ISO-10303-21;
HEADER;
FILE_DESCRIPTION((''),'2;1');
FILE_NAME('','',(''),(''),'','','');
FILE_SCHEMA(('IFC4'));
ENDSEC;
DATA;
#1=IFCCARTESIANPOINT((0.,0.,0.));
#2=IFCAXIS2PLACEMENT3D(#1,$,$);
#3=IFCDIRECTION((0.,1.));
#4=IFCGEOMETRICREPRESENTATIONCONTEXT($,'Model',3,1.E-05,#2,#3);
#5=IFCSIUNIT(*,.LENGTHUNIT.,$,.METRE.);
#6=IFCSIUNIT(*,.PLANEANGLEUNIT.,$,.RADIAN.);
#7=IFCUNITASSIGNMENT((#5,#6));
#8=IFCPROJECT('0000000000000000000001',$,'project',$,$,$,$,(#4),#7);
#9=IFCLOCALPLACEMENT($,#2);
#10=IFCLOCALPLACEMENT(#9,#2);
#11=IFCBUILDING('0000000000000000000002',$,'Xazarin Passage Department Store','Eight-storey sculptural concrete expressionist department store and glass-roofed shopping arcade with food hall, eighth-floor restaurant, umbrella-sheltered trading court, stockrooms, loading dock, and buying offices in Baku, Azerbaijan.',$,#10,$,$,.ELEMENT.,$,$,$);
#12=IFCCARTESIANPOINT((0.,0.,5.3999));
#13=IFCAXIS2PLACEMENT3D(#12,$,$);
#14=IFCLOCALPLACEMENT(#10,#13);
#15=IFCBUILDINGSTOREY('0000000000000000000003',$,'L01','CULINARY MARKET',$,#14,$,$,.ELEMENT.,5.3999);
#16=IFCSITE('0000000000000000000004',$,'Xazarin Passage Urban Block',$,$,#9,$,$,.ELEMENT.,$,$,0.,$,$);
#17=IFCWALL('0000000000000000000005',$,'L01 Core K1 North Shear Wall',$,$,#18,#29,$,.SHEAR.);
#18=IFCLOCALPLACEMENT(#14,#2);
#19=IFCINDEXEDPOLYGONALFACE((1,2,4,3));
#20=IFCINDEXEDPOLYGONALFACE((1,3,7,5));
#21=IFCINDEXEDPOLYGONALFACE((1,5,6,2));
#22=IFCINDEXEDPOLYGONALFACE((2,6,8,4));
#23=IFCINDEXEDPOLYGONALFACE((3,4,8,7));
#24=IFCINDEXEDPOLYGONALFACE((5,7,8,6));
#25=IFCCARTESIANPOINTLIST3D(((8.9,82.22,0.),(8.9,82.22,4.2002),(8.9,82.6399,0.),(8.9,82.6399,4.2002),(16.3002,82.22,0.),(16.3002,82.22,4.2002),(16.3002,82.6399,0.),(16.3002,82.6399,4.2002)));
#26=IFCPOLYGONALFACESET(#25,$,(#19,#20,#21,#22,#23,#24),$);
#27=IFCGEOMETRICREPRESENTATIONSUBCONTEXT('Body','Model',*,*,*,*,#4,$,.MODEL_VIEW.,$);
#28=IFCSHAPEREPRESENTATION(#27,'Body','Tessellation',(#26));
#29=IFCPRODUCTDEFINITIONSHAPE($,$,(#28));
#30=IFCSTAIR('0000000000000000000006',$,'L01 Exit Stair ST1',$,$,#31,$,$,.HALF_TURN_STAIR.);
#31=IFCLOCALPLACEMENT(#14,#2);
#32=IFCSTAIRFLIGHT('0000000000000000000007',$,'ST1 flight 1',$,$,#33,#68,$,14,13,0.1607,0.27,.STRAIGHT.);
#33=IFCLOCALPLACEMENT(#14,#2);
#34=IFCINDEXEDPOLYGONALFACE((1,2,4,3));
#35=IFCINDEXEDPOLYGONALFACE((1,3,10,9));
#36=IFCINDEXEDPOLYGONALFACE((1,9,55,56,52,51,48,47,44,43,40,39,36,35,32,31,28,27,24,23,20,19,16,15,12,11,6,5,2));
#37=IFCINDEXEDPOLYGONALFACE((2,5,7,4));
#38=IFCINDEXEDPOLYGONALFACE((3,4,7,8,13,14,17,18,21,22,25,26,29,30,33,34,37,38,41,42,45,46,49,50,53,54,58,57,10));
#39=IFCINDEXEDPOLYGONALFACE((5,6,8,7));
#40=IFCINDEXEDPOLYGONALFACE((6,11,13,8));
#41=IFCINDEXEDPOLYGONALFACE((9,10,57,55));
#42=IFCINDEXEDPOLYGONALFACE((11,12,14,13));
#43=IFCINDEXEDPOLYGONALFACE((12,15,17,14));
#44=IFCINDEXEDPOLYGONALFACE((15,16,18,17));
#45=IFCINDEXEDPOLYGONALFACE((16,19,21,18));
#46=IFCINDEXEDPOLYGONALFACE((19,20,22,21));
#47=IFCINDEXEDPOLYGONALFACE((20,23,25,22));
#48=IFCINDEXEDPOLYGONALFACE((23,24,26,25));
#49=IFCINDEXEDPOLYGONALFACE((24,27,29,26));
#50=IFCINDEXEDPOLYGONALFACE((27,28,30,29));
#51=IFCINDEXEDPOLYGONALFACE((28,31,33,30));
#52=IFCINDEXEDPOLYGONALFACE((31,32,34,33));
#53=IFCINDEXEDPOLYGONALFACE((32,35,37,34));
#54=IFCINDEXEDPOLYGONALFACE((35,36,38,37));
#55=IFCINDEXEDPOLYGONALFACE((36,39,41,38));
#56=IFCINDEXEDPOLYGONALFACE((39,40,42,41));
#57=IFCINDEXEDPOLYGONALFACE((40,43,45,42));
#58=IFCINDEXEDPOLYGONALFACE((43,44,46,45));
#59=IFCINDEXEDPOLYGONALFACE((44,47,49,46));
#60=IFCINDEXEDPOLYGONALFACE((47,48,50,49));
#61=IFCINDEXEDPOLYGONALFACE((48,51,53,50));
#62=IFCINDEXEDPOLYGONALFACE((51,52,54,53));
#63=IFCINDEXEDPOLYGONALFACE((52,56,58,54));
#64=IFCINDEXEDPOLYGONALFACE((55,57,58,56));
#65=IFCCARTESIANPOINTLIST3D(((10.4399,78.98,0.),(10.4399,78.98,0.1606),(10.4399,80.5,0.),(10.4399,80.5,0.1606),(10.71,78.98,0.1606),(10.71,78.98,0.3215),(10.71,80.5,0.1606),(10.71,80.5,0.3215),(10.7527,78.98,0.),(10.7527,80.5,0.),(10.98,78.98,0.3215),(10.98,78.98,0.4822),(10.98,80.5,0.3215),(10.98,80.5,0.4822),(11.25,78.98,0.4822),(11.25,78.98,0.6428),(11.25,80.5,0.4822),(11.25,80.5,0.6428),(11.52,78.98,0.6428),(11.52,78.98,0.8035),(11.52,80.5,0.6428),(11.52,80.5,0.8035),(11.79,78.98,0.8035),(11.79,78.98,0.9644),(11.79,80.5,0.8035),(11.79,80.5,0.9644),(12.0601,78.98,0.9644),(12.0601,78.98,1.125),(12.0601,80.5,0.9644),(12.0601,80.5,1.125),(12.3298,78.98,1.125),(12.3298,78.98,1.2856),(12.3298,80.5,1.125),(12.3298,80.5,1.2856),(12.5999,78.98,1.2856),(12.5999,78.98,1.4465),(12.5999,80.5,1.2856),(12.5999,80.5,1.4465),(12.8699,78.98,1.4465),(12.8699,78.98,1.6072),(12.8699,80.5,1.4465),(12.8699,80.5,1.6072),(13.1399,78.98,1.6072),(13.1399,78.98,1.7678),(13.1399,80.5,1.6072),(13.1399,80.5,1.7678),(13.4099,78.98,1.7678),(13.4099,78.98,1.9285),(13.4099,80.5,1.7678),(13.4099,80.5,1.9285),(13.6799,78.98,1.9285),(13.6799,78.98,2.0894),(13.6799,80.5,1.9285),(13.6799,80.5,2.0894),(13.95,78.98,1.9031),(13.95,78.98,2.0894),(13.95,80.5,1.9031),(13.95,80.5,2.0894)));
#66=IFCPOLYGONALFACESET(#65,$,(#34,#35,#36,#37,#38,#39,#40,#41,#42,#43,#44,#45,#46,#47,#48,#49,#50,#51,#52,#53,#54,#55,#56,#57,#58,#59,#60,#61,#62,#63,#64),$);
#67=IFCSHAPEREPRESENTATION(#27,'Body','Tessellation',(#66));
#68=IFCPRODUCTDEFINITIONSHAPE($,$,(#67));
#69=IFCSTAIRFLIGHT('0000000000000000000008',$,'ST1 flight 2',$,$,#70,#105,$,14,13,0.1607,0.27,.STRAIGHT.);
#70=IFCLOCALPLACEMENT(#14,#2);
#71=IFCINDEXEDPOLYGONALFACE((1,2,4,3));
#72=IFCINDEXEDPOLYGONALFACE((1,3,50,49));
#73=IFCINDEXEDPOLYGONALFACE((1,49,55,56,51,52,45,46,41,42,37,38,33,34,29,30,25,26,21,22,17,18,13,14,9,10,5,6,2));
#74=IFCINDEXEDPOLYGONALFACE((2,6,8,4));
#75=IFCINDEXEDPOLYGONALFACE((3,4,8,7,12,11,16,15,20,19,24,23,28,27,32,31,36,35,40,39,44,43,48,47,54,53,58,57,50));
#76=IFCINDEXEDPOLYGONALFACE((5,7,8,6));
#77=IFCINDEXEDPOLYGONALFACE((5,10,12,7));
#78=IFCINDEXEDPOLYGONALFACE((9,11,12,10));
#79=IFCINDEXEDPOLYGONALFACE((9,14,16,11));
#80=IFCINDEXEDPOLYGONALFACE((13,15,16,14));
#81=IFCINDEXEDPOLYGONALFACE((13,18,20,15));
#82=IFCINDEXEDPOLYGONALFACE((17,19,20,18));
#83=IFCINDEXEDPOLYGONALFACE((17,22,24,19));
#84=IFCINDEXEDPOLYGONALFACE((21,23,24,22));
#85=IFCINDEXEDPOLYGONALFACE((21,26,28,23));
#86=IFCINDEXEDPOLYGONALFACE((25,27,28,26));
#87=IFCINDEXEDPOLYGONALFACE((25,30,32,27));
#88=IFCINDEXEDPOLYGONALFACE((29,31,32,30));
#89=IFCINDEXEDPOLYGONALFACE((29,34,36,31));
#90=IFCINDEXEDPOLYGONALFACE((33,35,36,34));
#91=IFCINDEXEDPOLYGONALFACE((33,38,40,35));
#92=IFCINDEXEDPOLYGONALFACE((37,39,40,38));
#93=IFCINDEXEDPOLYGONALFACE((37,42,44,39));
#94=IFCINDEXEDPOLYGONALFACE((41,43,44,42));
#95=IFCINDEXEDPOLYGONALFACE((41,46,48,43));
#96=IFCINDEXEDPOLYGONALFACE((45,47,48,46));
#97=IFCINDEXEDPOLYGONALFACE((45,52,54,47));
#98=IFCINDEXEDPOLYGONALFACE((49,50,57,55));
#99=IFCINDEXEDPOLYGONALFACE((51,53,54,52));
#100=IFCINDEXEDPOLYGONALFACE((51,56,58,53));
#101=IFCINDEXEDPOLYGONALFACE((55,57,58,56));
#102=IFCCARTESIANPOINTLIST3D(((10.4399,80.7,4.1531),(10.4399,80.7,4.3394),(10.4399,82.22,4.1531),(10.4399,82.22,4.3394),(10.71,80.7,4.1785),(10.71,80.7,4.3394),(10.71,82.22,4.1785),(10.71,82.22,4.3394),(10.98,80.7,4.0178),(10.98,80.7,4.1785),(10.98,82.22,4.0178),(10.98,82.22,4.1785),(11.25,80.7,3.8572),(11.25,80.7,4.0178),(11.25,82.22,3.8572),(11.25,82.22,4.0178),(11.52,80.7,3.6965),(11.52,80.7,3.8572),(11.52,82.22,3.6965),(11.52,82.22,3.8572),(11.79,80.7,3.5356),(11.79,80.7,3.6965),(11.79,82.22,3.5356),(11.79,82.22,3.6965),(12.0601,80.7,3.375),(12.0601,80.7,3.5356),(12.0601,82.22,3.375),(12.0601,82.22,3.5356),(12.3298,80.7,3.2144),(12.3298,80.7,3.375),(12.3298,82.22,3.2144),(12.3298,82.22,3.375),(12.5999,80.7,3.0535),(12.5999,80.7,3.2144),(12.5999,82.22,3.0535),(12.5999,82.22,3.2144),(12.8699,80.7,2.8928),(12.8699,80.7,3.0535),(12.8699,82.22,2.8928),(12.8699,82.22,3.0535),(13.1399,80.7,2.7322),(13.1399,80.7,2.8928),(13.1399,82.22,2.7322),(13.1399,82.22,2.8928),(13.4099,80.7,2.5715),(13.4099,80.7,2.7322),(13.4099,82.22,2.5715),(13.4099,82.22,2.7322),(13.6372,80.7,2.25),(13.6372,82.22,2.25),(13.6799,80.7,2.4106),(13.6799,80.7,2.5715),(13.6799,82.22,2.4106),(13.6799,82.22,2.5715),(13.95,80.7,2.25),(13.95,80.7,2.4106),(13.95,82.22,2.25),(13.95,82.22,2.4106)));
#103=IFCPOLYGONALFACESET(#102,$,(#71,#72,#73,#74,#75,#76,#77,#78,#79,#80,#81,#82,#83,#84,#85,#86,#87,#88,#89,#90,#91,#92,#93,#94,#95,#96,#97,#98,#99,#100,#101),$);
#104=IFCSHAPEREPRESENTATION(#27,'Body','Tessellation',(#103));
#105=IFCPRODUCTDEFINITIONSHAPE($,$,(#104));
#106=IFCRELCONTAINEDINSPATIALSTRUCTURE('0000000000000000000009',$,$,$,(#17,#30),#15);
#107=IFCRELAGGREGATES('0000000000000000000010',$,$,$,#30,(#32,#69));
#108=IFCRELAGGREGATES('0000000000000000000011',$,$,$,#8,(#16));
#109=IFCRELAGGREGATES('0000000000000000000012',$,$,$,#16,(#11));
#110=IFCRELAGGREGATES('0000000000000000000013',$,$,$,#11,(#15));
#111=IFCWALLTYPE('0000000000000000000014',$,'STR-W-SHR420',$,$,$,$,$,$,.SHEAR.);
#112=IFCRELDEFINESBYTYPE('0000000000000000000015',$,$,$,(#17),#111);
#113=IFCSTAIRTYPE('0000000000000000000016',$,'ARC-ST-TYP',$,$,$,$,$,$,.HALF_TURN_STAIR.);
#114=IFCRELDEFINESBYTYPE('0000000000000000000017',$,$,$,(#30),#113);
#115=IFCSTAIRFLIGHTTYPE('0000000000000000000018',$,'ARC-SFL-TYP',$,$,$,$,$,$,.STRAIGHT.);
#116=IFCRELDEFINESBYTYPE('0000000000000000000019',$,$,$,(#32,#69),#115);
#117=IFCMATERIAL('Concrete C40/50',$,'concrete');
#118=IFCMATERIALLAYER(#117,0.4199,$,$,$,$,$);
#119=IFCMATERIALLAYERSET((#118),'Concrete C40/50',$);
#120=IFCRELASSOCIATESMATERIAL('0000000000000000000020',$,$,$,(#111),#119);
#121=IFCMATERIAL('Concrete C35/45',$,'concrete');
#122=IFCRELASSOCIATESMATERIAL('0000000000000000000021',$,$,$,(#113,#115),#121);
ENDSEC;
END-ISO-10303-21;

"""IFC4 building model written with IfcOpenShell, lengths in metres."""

from ifc_helpers import new_model, si_unit, direction, frame, frame_2d, origin, place, context, subcontext, project, spatial, polyline, rectangle, outline, extrude, material, layer, layer_set, type_object, element, aggregate, save


model = new_model("IFC4")

# Units and contexts
model_context = context("Model", 3, precision=1e-05, world=origin(), true_north=direction((0.0, 1.0)))
body_context = subcontext(model_context, "Body", "Model", "MODEL_VIEW")
ifc_project = project(units=[si_unit("LENGTHUNIT", "METRE"), si_unit("PLANEANGLEUNIT", "RADIAN")], contexts=[model_context])

# Site, building, storey
site_placement = place(None, origin())
site = spatial("IfcSite", under=ifc_project, at=site_placement, Name="Xazarin Passage Urban Block", CompositionType="ELEMENT", RefElevation=0.0)
building_placement = place(site_placement, origin())
building = spatial("IfcBuilding", under=site, at=building_placement, Name="Xazarin Passage Department Store", Description="Eight-storey sculptural concrete expressionist department store and glass-roofed shopping arcade with food hall, eighth-floor restaurant, umbrella-sheltered trading court, stockrooms, loading dock, and buying offices in Baku, Azerbaijan.", CompositionType="ELEMENT")
storey_placement = place(building_placement, frame((0.0, 0.0, 5.3999)))
storey = spatial("IfcBuildingStorey", under=building, at=storey_placement, Name="L01", Description="CULINARY MARKET", CompositionType="ELEMENT", Elevation=5.3999)

# Shared definitions
ifc_material_1 = material(Name="Concrete C40/50", Category="concrete")

# Shared definitions
ifc_material_2 = material(Name="Concrete C35/45", Category="concrete")

# Shared definitions
ifc_layer_1 = layer(ifc_material_1, 0.4199)
ifc_layer_set_1 = layer_set([ifc_layer_1], Name="Concrete C40/50")
wall_type_1 = type_object("IfcWallType", Name="STR-W-SHR420", PredefinedType="SHEAR", material=ifc_layer_set_1)

# Wall
for number, where, z_axis, x_axis, name in (
    (1, (8.8999, 82.4299, 0.0), (0.0, 0.0, 1.0), (1.0, 0.0, 0.0), "L01 Core K1 North Shear Wall"),
):
    element("IfcWall", number, at=place(storey_placement, frame(where, z_axis=z_axis, x_axis=x_axis)), inside=storey, type_object=wall_type_1, Name=name, PredefinedType="SHEAR", context=body_context, shape_type="SweptSolid", body=[
        extrude(rectangle(XDim=7.4001, YDim=0.4199, at=frame_2d((3.7002, 0.0))), origin(), (0.0, 0.0, 1.0), 4.2002),
    ])

# Stair, stair flights
stair_type = type_object("IfcStairType", Name="ARC-ST-TYP", PredefinedType="HALF_TURN_STAIR", material=ifc_material_2)
stair_placement = place(storey_placement, origin())
stair = element("IfcStair", 2, at=stair_placement, inside=storey, type_object=stair_type, Name="L01 Exit Stair ST1", PredefinedType="HALF_TURN_STAIR")
stair_flight_type = type_object("IfcStairFlightType", Name="ARC-SFL-TYP", PredefinedType="STRAIGHT", material=ifc_material_2)
stair_flight_1_placement = place(storey_placement, frame((10.4399, 79.74, 0.0), z_axis=(0.0, 0.0, 1.0), x_axis=(1.0, 0.0, 0.0)))
stair_flight_1 = element("IfcStairFlight", 3, at=stair_flight_1_placement, type_object=stair_flight_type, Name="ST1 flight 1", NumberOfRisers=14, NumberOfTreads=13, PredefinedType="STRAIGHT", RiserHeight=0.1607, TreadLength=0.27, context=body_context, shape_type="SweptSolid", body=[
    extrude(outline(polyline([(0.0, 0.0), (0.0, 0.1606), (0.27, 0.1606), (0.27, 0.3215), (0.54, 0.3215), (0.54, 0.4822), (0.8101, 0.4822), (0.8101, 0.6428), (1.0801, 0.6428), (1.0801, 0.8035), (1.3501, 0.8035), (1.3501, 0.9644), (1.6201, 0.9644), (1.6201, 1.125), (1.8899, 1.125), (1.8899, 1.2856), (2.1599, 1.2856), (2.1599, 1.4465), (2.4299, 1.4465), (2.4299, 1.6072), (2.7, 1.6072), (2.7, 1.7678), (2.97, 1.7678), (2.97, 1.9285), (3.24, 1.9285), (3.24, 2.0894), (3.51, 2.0894), (3.51, 2.25), (3.51, 1.9031), (0.3127, 0.0), (0.0, 0.0)])), frame((0.0, 0.76, 0.0), z_axis=(0.0, -1.0, 0.0), x_axis=(1.0, 0.0, 0.0)), (0.0, 0.0, 1.0), 1.52),
])
stair_flight_2_placement = place(storey_placement, frame((13.95, 81.46, 2.25), z_axis=(0.0, 0.0, 1.0), x_axis=(-1.0, 0.0, 0.0)))
stair_flight_2 = element("IfcStairFlight", 4, at=stair_flight_2_placement, type_object=stair_flight_type, Name="ST1 flight 2", NumberOfRisers=14, NumberOfTreads=13, PredefinedType="STRAIGHT", RiserHeight=0.1607, TreadLength=0.27, context=body_context, shape_type="SweptSolid", body=[
    extrude(outline(polyline([(0.0, 0.0), (0.0, 0.1606), (0.27, 0.1606), (0.27, 0.3215), (0.54, 0.3215), (0.54, 0.4822), (0.8101, 0.4822), (0.8101, 0.6428), (1.0801, 0.6428), (1.0801, 0.8035), (1.3501, 0.8035), (1.3501, 0.9644), (1.6201, 0.9644), (1.6201, 1.125), (1.8899, 1.125), (1.8899, 1.2856), (2.1599, 1.2856), (2.1599, 1.4465), (2.4299, 1.4465), (2.4299, 1.6072), (2.7, 1.6072), (2.7, 1.7678), (2.97, 1.7678), (2.97, 1.9285), (3.24, 1.9285), (3.24, 2.0894), (3.51, 2.0894), (3.51, 2.25), (3.51, 1.9031), (0.3127, 0.0), (0.0, 0.0)])), frame((0.0, 0.76, 0.0), z_axis=(0.0, -1.0, 0.0), x_axis=(1.0, 0.0, 0.0)), (0.0, 0.0, 1.0), 1.52),
])
aggregate(stair, [stair_flight_1, stair_flight_2])

save(model, "model.ifc")
